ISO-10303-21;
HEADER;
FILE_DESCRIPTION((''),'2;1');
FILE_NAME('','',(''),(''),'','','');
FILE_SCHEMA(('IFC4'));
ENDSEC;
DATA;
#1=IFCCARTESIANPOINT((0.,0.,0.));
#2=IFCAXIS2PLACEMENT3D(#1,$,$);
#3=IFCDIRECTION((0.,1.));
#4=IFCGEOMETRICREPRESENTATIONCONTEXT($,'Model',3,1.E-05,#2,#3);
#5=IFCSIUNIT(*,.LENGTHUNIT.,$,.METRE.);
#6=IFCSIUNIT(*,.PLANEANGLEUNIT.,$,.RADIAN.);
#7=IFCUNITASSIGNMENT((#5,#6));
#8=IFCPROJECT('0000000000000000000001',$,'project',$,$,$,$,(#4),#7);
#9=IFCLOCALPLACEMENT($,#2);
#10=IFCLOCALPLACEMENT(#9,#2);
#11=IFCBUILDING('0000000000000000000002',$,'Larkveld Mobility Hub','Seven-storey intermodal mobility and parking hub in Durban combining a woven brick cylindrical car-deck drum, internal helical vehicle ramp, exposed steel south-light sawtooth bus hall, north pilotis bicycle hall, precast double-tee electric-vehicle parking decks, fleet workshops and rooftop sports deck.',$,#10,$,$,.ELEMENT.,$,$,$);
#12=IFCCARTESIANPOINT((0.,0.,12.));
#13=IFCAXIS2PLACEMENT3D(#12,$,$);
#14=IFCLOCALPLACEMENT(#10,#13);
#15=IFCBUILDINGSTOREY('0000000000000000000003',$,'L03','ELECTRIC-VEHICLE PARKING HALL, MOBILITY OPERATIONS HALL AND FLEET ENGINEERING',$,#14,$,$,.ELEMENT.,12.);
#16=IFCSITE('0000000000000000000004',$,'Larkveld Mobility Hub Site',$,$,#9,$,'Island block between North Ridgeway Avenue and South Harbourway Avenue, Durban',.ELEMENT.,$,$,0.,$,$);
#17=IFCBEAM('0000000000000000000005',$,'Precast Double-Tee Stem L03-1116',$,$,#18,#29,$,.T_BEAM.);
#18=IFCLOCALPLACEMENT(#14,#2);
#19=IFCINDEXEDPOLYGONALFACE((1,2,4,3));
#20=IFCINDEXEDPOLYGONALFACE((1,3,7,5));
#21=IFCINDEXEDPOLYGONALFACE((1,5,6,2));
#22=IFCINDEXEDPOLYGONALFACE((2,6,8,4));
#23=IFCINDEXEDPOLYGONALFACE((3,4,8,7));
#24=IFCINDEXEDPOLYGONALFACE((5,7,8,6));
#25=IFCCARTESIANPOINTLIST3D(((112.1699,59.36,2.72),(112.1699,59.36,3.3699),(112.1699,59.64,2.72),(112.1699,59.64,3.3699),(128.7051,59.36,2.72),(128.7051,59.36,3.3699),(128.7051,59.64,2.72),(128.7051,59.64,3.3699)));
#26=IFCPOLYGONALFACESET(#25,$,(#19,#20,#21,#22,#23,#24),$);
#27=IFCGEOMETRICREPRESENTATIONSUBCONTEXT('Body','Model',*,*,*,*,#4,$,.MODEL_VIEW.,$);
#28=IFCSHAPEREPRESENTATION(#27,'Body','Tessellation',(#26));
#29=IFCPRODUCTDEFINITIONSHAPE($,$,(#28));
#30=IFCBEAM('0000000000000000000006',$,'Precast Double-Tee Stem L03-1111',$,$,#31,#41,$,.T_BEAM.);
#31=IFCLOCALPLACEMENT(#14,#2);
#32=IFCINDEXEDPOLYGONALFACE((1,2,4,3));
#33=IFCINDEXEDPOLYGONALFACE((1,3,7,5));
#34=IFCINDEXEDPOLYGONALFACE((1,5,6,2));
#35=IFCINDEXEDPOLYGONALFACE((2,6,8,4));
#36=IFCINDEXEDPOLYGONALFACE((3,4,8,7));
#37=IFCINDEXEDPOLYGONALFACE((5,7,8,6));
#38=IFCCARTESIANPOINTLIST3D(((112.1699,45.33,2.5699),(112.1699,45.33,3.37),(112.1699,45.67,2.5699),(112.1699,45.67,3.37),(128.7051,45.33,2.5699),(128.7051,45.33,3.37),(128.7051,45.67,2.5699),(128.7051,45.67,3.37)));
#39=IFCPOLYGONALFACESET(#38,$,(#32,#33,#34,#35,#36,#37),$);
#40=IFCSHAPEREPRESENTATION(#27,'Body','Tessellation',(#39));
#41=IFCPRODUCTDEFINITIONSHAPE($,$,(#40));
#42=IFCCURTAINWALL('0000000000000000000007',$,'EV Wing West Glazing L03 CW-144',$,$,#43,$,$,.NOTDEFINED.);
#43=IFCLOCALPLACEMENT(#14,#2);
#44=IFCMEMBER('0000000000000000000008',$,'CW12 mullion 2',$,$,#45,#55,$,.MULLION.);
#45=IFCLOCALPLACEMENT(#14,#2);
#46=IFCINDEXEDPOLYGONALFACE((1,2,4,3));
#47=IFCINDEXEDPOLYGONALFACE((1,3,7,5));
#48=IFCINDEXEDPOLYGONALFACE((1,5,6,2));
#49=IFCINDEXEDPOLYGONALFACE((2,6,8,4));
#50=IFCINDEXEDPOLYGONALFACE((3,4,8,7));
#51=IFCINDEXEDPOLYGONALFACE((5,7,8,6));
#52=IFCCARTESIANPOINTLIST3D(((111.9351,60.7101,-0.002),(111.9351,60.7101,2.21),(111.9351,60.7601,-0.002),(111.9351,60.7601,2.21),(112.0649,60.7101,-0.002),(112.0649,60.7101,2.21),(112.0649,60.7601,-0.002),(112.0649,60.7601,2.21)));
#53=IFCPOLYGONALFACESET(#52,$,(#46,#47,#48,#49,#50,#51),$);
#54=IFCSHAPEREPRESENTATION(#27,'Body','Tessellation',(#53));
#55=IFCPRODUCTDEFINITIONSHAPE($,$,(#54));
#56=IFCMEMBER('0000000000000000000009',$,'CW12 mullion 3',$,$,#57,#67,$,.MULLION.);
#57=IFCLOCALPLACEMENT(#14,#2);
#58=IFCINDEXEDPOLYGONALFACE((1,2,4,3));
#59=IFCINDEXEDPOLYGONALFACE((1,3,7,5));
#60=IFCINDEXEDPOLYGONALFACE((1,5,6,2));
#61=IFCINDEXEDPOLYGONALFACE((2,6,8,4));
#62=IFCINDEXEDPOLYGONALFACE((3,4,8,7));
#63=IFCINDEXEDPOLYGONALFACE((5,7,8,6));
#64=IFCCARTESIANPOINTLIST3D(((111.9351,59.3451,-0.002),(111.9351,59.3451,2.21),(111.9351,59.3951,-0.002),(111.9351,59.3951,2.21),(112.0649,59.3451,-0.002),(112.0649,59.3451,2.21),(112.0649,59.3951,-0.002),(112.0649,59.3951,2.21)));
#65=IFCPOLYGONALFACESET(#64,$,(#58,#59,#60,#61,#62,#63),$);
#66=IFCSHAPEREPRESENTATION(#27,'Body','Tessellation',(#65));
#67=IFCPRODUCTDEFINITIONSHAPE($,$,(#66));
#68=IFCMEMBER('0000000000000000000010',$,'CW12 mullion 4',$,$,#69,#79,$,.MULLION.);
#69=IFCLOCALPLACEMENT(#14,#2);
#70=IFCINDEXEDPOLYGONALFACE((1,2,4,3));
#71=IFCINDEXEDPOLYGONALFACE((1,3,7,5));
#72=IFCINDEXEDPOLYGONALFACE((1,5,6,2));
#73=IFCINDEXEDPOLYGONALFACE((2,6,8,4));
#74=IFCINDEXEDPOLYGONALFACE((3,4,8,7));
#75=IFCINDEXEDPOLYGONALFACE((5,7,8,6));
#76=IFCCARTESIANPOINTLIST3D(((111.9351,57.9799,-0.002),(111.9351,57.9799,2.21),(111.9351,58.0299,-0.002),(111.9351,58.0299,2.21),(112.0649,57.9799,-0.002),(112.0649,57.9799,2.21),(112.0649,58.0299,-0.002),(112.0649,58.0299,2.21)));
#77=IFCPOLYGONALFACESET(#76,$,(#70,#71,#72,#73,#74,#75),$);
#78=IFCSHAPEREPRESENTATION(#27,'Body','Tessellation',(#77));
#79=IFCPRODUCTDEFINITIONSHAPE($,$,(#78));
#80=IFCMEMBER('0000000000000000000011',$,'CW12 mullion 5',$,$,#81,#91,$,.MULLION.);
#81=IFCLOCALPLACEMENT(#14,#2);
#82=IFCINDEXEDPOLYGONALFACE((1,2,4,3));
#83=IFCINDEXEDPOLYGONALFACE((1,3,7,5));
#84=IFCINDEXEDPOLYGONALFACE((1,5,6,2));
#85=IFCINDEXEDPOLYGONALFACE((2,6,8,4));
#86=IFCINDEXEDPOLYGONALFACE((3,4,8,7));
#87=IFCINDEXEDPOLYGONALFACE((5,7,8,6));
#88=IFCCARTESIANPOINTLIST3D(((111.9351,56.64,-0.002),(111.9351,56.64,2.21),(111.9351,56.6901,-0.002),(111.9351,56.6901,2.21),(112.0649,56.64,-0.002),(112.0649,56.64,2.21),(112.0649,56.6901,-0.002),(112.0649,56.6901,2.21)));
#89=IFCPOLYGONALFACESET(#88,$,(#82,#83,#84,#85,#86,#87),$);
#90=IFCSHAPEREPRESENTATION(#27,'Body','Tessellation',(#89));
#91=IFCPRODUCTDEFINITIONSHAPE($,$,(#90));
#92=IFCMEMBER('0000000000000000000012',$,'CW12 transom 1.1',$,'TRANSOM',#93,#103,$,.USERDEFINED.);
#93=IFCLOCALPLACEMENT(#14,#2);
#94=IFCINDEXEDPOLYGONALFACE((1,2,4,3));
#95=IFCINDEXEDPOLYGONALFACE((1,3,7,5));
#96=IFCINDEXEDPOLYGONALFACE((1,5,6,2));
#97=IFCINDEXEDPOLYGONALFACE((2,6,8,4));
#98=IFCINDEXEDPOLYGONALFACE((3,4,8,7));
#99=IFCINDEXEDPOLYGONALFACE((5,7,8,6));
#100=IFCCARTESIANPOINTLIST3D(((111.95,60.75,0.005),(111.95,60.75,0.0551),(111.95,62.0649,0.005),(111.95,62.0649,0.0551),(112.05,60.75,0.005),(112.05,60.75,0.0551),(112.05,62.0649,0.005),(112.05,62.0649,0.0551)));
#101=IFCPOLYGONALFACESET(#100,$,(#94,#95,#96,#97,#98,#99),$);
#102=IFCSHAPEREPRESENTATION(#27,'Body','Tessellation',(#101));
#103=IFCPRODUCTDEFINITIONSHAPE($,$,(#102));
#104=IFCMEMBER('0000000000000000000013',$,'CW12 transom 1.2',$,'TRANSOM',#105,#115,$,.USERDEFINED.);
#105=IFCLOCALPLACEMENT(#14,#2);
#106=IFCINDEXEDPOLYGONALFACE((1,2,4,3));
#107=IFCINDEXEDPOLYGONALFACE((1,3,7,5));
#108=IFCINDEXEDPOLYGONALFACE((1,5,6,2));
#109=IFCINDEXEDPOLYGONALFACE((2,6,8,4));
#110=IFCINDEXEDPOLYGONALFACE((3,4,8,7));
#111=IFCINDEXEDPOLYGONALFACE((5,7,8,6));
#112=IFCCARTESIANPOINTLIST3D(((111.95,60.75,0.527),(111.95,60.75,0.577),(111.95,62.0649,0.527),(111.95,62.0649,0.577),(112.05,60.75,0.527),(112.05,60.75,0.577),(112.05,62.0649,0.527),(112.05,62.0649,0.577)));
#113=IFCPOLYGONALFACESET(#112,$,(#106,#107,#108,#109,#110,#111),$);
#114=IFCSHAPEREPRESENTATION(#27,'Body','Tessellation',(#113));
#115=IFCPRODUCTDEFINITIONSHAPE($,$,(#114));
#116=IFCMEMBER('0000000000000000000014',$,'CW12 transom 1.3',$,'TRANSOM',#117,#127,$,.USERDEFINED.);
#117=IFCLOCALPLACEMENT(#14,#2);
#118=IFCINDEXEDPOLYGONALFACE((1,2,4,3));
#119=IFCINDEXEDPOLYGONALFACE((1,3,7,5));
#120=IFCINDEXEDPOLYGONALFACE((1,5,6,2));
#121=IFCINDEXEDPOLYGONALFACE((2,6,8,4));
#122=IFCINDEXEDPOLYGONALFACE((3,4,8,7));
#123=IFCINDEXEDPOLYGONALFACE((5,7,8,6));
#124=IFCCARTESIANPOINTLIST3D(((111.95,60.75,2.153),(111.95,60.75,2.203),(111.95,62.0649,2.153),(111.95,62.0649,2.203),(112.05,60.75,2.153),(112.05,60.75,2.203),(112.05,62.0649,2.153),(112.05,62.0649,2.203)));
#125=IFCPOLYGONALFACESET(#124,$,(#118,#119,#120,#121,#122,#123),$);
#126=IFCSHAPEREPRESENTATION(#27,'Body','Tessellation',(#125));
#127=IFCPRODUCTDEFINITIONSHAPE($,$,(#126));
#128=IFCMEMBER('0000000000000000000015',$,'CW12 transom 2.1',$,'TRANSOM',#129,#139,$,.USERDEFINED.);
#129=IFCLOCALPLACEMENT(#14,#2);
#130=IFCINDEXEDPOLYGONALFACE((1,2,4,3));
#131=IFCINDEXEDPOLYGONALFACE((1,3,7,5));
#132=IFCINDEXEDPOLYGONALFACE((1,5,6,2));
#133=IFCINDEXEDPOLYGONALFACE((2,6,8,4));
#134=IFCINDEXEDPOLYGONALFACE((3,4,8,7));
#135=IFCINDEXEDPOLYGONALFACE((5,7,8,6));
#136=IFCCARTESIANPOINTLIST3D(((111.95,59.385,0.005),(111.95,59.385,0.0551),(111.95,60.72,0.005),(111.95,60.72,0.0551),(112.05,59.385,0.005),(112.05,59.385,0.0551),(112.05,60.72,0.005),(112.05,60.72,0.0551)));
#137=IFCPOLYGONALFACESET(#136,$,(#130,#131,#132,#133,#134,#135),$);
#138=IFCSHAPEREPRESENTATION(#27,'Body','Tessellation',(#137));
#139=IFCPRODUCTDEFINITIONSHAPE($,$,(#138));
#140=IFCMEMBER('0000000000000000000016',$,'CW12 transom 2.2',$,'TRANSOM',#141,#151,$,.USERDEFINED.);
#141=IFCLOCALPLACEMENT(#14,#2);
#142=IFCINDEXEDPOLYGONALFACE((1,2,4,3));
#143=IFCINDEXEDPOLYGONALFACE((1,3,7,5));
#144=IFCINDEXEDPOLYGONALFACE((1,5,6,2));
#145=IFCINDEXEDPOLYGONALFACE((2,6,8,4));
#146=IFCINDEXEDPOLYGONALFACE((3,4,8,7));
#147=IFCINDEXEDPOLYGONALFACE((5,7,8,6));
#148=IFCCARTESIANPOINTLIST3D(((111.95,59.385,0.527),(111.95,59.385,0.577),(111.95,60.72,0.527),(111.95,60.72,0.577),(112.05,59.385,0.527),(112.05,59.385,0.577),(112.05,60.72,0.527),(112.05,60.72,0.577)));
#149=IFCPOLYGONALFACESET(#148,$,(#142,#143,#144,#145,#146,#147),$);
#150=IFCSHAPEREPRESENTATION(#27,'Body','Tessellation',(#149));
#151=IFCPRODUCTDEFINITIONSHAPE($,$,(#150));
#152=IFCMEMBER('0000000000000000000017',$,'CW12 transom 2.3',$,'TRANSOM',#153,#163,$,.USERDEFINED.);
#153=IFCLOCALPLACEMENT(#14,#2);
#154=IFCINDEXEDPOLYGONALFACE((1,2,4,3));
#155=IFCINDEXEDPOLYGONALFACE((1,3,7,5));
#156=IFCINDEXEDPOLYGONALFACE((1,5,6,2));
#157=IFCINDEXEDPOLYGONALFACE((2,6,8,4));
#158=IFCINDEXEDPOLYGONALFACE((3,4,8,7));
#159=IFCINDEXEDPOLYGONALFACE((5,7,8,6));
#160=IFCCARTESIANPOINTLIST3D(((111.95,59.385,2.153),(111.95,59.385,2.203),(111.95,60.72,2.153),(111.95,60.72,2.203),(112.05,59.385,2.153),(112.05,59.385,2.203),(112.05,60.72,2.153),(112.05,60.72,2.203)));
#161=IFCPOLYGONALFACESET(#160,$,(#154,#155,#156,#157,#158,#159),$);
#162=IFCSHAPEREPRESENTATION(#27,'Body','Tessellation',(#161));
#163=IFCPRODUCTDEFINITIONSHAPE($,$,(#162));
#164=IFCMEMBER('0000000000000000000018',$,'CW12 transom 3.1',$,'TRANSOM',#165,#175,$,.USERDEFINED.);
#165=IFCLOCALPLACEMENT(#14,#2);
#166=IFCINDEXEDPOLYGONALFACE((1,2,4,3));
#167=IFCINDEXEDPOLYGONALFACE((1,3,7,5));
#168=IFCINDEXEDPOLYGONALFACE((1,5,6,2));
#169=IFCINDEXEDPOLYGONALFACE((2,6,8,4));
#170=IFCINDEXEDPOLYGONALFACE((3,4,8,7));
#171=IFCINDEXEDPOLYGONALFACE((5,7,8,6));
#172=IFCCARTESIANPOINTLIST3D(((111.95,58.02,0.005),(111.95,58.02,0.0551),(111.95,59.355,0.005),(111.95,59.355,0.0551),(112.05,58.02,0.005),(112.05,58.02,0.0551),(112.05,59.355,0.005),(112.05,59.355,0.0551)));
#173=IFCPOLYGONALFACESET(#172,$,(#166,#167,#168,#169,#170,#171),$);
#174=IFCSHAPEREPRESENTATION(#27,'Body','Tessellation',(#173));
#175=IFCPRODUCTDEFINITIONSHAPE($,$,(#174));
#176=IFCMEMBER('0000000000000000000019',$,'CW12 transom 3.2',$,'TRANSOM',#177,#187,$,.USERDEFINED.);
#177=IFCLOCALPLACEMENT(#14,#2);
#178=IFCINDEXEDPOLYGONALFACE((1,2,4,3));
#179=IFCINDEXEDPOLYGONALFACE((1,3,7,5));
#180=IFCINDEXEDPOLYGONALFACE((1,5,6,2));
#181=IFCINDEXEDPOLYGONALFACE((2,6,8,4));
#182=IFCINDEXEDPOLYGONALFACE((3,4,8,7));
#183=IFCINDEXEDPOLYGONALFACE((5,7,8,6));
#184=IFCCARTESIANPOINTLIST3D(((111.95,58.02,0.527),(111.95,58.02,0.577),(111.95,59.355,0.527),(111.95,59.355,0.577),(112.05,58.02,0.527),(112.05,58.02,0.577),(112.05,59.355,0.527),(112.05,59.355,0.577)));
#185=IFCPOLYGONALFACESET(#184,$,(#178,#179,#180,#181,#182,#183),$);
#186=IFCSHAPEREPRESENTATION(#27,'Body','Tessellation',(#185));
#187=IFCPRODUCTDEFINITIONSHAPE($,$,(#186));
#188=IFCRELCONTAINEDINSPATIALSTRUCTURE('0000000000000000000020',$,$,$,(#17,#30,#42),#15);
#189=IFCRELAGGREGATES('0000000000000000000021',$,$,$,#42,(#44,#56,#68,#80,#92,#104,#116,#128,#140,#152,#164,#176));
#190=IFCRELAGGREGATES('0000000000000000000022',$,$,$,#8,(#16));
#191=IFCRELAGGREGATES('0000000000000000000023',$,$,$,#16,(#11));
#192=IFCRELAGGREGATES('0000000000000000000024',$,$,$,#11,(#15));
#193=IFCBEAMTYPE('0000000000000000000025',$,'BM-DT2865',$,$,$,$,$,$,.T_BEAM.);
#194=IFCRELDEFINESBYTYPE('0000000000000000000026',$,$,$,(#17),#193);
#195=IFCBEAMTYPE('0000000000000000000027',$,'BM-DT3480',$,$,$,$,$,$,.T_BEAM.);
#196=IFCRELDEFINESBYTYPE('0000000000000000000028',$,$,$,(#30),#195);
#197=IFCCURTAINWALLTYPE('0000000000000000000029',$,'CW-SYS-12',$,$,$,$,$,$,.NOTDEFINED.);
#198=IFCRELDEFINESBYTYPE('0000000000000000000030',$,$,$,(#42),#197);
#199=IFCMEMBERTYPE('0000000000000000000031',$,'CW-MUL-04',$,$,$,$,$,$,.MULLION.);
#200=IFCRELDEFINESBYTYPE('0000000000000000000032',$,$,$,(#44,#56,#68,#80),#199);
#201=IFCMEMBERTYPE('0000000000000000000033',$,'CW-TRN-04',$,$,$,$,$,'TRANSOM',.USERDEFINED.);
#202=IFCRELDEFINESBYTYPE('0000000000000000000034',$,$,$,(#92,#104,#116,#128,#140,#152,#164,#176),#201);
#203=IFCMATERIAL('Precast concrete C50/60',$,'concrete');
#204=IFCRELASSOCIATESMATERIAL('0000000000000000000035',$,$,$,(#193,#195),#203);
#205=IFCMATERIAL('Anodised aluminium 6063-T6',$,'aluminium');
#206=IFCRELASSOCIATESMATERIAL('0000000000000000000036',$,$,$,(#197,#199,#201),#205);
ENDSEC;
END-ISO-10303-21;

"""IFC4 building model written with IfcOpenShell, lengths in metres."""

from ifc_helpers import new_model, si_unit, direction, frame, origin, origin_2d, place, context, subcontext, project, spatial, rectangle, extrude, material, material_profile, profile_set, type_object, element, aggregate, save


model = new_model("IFC4")

# Units and contexts
model_context = context("Model", 3, precision=1e-05, world=origin(), true_north=direction((0.0, 1.0)))
body_context = subcontext(model_context, "Body", "Model", "MODEL_VIEW")
ifc_project = project(units=[si_unit("LENGTHUNIT", "METRE"), si_unit("PLANEANGLEUNIT", "RADIAN")], contexts=[model_context])

# Site, building, storey
site_placement = place(None, origin())
site = spatial("IfcSite", under=ifc_project, at=site_placement, Name="Larkveld Mobility Hub Site", LongName="Island block between North Ridgeway Avenue and South Harbourway Avenue, Durban", CompositionType="ELEMENT", RefElevation=0.0)
building_placement = place(site_placement, origin())
building = spatial("IfcBuilding", under=site, at=building_placement, Name="Larkveld Mobility Hub", Description="Seven-storey intermodal mobility and parking hub in Durban combining a woven brick cylindrical car-deck drum, internal helical vehicle ramp, exposed steel south-light sawtooth bus hall, north pilotis bicycle hall, precast double-tee electric-vehicle parking decks, fleet workshops and rooftop sports deck.", CompositionType="ELEMENT")
storey_placement = place(building_placement, frame((0.0, 0.0, 12.0)))
storey = spatial("IfcBuildingStorey", under=building, at=storey_placement, Name="L03", Description="ELECTRIC-VEHICLE PARKING HALL, MOBILITY OPERATIONS HALL AND FLEET ENGINEERING", CompositionType="ELEMENT", Elevation=12.0)

# Beams
ifc_material_1 = material(Name="Precast concrete C50/60", Category="concrete")
ifc_material_profile_1 = material_profile(ifc_material_1, rectangle(XDim=0.28, YDim=0.6499, at=origin_2d()), Name="PC DT 280x650")
ifc_profile_set_1 = profile_set([ifc_material_profile_1], Name="Precast concrete C50/60")
beam_type_1 = type_object("IfcBeamType", Name="BM-DT2865", PredefinedType="T_BEAM", material=ifc_profile_set_1)
beam_1_placement = place(storey_placement, frame((112.1699, 59.5, 3.0449), z_axis=(1.0, 0.0, 0.0), x_axis=(0.0, 1.0, 0.0)))
element("IfcBeam", 1, at=beam_1_placement, inside=storey, type_object=beam_type_1, Name="Precast Double-Tee Stem L03-1116", PredefinedType="T_BEAM", context=body_context, shape_type="SweptSolid", body=[
    extrude(rectangle(XDim=0.28, YDim=0.6499, at=origin_2d()), origin(), (0.0, 0.0, 1.0), 16.5352),
])
ifc_material_profile_2 = material_profile(ifc_material_1, rectangle(XDim=0.3401, YDim=0.8, at=origin_2d()), Name="PC DT 340x800")
ifc_profile_set_2 = profile_set([ifc_material_profile_2], Name="Precast concrete C50/60")
beam_type_2 = type_object("IfcBeamType", Name="BM-DT3480", PredefinedType="T_BEAM", material=ifc_profile_set_2)
beam_2_placement = place(storey_placement, frame((112.1699, 45.5, 2.97), z_axis=(1.0, 0.0, 0.0), x_axis=(0.0, 1.0, 0.0)))
element("IfcBeam", 2, at=beam_2_placement, inside=storey, type_object=beam_type_2, Name="Precast Double-Tee Stem L03-1111", PredefinedType="T_BEAM", context=body_context, shape_type="SweptSolid", body=[
    extrude(rectangle(XDim=0.3401, YDim=0.8, at=origin_2d()), origin(), (0.0, 0.0, 1.0), 16.5352),
])

# Curtain wall, members
ifc_material_2 = material(Name="Anodised aluminium 6063-T6", Category="aluminium")
curtain_wall_type = type_object("IfcCurtainWallType", Name="CW-SYS-12", PredefinedType="NOTDEFINED", material=ifc_material_2)
curtain_wall_placement = place(storey_placement, origin())
curtain_wall = element("IfcCurtainWall", 3, at=curtain_wall_placement, inside=storey, type_object=curtain_wall_type, Name="EV Wing West Glazing L03 CW-144", PredefinedType="NOTDEFINED")
ifc_material_profile_3 = material_profile(ifc_material_2, rectangle(XDim=0.05, YDim=0.1299, at=origin_2d()), Name="ALU MULL 50x130")
ifc_profile_set_3 = profile_set([ifc_material_profile_3], Name="Anodised aluminium 6063-T6")
member_type_1 = type_object("IfcMemberType", Name="CW-MUL-04", PredefinedType="MULLION", material=ifc_profile_set_3)
member_1_placement = place(storey_placement, frame((112.0, 60.7351, -0.002), z_axis=(0.0, 0.0, 1.0), x_axis=(0.0, -1.0, 0.0)))
member_1 = element("IfcMember", 4, at=member_1_placement, type_object=member_type_1, Name="CW12 mullion 2", PredefinedType="MULLION", context=body_context, shape_type="SweptSolid", body=[
    extrude(rectangle(XDim=0.05, YDim=0.1299, at=origin_2d()), origin(), (0.0, 0.0, 1.0), 2.2119),
])
member_2_placement = place(storey_placement, frame((112.0, 59.3701, -0.002), z_axis=(0.0, 0.0, 1.0), x_axis=(0.0, -1.0, 0.0)))
member_2 = element("IfcMember", 5, at=member_2_placement, type_object=member_type_1, Name="CW12 mullion 3", PredefinedType="MULLION", context=body_context, shape_type="SweptSolid", body=[
    extrude(rectangle(XDim=0.05, YDim=0.1299, at=origin_2d()), origin(), (0.0, 0.0, 1.0), 2.2119),
])
member_3_placement = place(storey_placement, frame((112.0, 58.0049, -0.002), z_axis=(0.0, 0.0, 1.0), x_axis=(0.0, -1.0, 0.0)))
member_3 = element("IfcMember", 6, at=member_3_placement, type_object=member_type_1, Name="CW12 mullion 4", PredefinedType="MULLION", context=body_context, shape_type="SweptSolid", body=[
    extrude(rectangle(XDim=0.05, YDim=0.1299, at=origin_2d()), origin(), (0.0, 0.0, 1.0), 2.2119),
])
member_4_placement = place(storey_placement, frame((112.0, 56.665, -0.002), z_axis=(0.0, 0.0, 1.0), x_axis=(0.0, -1.0, 0.0)))
member_4 = element("IfcMember", 7, at=member_4_placement, type_object=member_type_1, Name="CW12 mullion 5", PredefinedType="MULLION", context=body_context, shape_type="SweptSolid", body=[
    extrude(rectangle(XDim=0.05, YDim=0.1299, at=origin_2d()), origin(), (0.0, 0.0, 1.0), 2.2119),
])
ifc_material_profile_4 = material_profile(ifc_material_2, rectangle(XDim=0.1001, YDim=0.05, at=origin_2d()), Name="ALU TRAN 50x100")
ifc_profile_set_4 = profile_set([ifc_material_profile_4], Name="Anodised aluminium 6063-T6")
member_type_2 = type_object("IfcMemberType", Name="CW-TRN-04", ElementType="TRANSOM", PredefinedType="USERDEFINED", material=ifc_profile_set_4)
member_5_placement = place(storey_placement, frame((112.0, 62.0649, 0.03), z_axis=(0.0, -1.0, 0.0), x_axis=(1.0, 0.0, 0.0)))
member_5 = element("IfcMember", 8, at=member_5_placement, type_object=member_type_2, Name="CW12 transom 1.1", ObjectType="TRANSOM", PredefinedType="USERDEFINED", context=body_context, shape_type="SweptSolid", body=[
    extrude(rectangle(XDim=0.1001, YDim=0.05, at=origin_2d()), origin(), (0.0, 0.0, 1.0), 1.3149),
])
member_6_placement = place(storey_placement, frame((112.0, 62.0649, 0.552), z_axis=(0.0, -1.0, 0.0), x_axis=(1.0, 0.0, 0.0)))
member_6 = element("IfcMember", 9, at=member_6_placement, type_object=member_type_2, Name="CW12 transom 1.2", ObjectType="TRANSOM", PredefinedType="USERDEFINED", context=body_context, shape_type="SweptSolid", body=[
    extrude(rectangle(XDim=0.1001, YDim=0.05, at=origin_2d()), origin(), (0.0, 0.0, 1.0), 1.3149),
])
member_7_placement = place(storey_placement, frame((112.0, 62.0649, 2.178), z_axis=(0.0, -1.0, 0.0), x_axis=(1.0, 0.0, 0.0)))
member_7 = element("IfcMember", 10, at=member_7_placement, type_object=member_type_2, Name="CW12 transom 1.3", ObjectType="TRANSOM", PredefinedType="USERDEFINED", context=body_context, shape_type="SweptSolid", body=[
    extrude(rectangle(XDim=0.1001, YDim=0.05, at=origin_2d()), origin(), (0.0, 0.0, 1.0), 1.3149),
])
member_8_placement = place(storey_placement, frame((112.0, 60.72, 0.03), z_axis=(0.0, -1.0, 0.0), x_axis=(1.0, 0.0, 0.0)))
member_8 = element("IfcMember", 11, at=member_8_placement, type_object=member_type_2, Name="CW12 transom 2.1", ObjectType="TRANSOM", PredefinedType="USERDEFINED", context=body_context, shape_type="SweptSolid", body=[
    extrude(rectangle(XDim=0.1001, YDim=0.05, at=origin_2d()), origin(), (0.0, 0.0, 1.0), 1.335),
])
member_9_placement = place(storey_placement, frame((112.0, 60.72, 0.552), z_axis=(0.0, -1.0, 0.0), x_axis=(1.0, 0.0, 0.0)))
member_9 = element("IfcMember", 12, at=member_9_placement, type_object=member_type_2, Name="CW12 transom 2.2", ObjectType="TRANSOM", PredefinedType="USERDEFINED", context=body_context, shape_type="SweptSolid", body=[
    extrude(rectangle(XDim=0.1001, YDim=0.05, at=origin_2d()), origin(), (0.0, 0.0, 1.0), 1.335),
])
member_10_placement = place(storey_placement, frame((112.0, 60.72, 2.178), z_axis=(0.0, -1.0, 0.0), x_axis=(1.0, 0.0, 0.0)))
member_10 = element("IfcMember", 13, at=member_10_placement, type_object=member_type_2, Name="CW12 transom 2.3", ObjectType="TRANSOM", PredefinedType="USERDEFINED", context=body_context, shape_type="SweptSolid", body=[
    extrude(rectangle(XDim=0.1001, YDim=0.05, at=origin_2d()), origin(), (0.0, 0.0, 1.0), 1.335),
])
member_11_placement = place(storey_placement, frame((112.0, 59.355, 0.03), z_axis=(0.0, -1.0, 0.0), x_axis=(1.0, 0.0, 0.0)))
member_11 = element("IfcMember", 14, at=member_11_placement, type_object=member_type_2, Name="CW12 transom 3.1", ObjectType="TRANSOM", PredefinedType="USERDEFINED", context=body_context, shape_type="SweptSolid", body=[
    extrude(rectangle(XDim=0.1001, YDim=0.05, at=origin_2d()), origin(), (0.0, 0.0, 1.0), 1.335),
])
member_12_placement = place(storey_placement, frame((112.0, 59.355, 0.552), z_axis=(0.0, -1.0, 0.0), x_axis=(1.0, 0.0, 0.0)))
member_12 = element("IfcMember", 15, at=member_12_placement, type_object=member_type_2, Name="CW12 transom 3.2", ObjectType="TRANSOM", PredefinedType="USERDEFINED", context=body_context, shape_type="SweptSolid", body=[
    extrude(rectangle(XDim=0.1001, YDim=0.05, at=origin_2d()), origin(), (0.0, 0.0, 1.0), 1.335),
])
aggregate(curtain_wall, [member_1, member_2, member_3, member_4, member_5, member_6, member_7, member_8, member_9, member_10, member_11, member_12])

save(model, "model.ifc")
